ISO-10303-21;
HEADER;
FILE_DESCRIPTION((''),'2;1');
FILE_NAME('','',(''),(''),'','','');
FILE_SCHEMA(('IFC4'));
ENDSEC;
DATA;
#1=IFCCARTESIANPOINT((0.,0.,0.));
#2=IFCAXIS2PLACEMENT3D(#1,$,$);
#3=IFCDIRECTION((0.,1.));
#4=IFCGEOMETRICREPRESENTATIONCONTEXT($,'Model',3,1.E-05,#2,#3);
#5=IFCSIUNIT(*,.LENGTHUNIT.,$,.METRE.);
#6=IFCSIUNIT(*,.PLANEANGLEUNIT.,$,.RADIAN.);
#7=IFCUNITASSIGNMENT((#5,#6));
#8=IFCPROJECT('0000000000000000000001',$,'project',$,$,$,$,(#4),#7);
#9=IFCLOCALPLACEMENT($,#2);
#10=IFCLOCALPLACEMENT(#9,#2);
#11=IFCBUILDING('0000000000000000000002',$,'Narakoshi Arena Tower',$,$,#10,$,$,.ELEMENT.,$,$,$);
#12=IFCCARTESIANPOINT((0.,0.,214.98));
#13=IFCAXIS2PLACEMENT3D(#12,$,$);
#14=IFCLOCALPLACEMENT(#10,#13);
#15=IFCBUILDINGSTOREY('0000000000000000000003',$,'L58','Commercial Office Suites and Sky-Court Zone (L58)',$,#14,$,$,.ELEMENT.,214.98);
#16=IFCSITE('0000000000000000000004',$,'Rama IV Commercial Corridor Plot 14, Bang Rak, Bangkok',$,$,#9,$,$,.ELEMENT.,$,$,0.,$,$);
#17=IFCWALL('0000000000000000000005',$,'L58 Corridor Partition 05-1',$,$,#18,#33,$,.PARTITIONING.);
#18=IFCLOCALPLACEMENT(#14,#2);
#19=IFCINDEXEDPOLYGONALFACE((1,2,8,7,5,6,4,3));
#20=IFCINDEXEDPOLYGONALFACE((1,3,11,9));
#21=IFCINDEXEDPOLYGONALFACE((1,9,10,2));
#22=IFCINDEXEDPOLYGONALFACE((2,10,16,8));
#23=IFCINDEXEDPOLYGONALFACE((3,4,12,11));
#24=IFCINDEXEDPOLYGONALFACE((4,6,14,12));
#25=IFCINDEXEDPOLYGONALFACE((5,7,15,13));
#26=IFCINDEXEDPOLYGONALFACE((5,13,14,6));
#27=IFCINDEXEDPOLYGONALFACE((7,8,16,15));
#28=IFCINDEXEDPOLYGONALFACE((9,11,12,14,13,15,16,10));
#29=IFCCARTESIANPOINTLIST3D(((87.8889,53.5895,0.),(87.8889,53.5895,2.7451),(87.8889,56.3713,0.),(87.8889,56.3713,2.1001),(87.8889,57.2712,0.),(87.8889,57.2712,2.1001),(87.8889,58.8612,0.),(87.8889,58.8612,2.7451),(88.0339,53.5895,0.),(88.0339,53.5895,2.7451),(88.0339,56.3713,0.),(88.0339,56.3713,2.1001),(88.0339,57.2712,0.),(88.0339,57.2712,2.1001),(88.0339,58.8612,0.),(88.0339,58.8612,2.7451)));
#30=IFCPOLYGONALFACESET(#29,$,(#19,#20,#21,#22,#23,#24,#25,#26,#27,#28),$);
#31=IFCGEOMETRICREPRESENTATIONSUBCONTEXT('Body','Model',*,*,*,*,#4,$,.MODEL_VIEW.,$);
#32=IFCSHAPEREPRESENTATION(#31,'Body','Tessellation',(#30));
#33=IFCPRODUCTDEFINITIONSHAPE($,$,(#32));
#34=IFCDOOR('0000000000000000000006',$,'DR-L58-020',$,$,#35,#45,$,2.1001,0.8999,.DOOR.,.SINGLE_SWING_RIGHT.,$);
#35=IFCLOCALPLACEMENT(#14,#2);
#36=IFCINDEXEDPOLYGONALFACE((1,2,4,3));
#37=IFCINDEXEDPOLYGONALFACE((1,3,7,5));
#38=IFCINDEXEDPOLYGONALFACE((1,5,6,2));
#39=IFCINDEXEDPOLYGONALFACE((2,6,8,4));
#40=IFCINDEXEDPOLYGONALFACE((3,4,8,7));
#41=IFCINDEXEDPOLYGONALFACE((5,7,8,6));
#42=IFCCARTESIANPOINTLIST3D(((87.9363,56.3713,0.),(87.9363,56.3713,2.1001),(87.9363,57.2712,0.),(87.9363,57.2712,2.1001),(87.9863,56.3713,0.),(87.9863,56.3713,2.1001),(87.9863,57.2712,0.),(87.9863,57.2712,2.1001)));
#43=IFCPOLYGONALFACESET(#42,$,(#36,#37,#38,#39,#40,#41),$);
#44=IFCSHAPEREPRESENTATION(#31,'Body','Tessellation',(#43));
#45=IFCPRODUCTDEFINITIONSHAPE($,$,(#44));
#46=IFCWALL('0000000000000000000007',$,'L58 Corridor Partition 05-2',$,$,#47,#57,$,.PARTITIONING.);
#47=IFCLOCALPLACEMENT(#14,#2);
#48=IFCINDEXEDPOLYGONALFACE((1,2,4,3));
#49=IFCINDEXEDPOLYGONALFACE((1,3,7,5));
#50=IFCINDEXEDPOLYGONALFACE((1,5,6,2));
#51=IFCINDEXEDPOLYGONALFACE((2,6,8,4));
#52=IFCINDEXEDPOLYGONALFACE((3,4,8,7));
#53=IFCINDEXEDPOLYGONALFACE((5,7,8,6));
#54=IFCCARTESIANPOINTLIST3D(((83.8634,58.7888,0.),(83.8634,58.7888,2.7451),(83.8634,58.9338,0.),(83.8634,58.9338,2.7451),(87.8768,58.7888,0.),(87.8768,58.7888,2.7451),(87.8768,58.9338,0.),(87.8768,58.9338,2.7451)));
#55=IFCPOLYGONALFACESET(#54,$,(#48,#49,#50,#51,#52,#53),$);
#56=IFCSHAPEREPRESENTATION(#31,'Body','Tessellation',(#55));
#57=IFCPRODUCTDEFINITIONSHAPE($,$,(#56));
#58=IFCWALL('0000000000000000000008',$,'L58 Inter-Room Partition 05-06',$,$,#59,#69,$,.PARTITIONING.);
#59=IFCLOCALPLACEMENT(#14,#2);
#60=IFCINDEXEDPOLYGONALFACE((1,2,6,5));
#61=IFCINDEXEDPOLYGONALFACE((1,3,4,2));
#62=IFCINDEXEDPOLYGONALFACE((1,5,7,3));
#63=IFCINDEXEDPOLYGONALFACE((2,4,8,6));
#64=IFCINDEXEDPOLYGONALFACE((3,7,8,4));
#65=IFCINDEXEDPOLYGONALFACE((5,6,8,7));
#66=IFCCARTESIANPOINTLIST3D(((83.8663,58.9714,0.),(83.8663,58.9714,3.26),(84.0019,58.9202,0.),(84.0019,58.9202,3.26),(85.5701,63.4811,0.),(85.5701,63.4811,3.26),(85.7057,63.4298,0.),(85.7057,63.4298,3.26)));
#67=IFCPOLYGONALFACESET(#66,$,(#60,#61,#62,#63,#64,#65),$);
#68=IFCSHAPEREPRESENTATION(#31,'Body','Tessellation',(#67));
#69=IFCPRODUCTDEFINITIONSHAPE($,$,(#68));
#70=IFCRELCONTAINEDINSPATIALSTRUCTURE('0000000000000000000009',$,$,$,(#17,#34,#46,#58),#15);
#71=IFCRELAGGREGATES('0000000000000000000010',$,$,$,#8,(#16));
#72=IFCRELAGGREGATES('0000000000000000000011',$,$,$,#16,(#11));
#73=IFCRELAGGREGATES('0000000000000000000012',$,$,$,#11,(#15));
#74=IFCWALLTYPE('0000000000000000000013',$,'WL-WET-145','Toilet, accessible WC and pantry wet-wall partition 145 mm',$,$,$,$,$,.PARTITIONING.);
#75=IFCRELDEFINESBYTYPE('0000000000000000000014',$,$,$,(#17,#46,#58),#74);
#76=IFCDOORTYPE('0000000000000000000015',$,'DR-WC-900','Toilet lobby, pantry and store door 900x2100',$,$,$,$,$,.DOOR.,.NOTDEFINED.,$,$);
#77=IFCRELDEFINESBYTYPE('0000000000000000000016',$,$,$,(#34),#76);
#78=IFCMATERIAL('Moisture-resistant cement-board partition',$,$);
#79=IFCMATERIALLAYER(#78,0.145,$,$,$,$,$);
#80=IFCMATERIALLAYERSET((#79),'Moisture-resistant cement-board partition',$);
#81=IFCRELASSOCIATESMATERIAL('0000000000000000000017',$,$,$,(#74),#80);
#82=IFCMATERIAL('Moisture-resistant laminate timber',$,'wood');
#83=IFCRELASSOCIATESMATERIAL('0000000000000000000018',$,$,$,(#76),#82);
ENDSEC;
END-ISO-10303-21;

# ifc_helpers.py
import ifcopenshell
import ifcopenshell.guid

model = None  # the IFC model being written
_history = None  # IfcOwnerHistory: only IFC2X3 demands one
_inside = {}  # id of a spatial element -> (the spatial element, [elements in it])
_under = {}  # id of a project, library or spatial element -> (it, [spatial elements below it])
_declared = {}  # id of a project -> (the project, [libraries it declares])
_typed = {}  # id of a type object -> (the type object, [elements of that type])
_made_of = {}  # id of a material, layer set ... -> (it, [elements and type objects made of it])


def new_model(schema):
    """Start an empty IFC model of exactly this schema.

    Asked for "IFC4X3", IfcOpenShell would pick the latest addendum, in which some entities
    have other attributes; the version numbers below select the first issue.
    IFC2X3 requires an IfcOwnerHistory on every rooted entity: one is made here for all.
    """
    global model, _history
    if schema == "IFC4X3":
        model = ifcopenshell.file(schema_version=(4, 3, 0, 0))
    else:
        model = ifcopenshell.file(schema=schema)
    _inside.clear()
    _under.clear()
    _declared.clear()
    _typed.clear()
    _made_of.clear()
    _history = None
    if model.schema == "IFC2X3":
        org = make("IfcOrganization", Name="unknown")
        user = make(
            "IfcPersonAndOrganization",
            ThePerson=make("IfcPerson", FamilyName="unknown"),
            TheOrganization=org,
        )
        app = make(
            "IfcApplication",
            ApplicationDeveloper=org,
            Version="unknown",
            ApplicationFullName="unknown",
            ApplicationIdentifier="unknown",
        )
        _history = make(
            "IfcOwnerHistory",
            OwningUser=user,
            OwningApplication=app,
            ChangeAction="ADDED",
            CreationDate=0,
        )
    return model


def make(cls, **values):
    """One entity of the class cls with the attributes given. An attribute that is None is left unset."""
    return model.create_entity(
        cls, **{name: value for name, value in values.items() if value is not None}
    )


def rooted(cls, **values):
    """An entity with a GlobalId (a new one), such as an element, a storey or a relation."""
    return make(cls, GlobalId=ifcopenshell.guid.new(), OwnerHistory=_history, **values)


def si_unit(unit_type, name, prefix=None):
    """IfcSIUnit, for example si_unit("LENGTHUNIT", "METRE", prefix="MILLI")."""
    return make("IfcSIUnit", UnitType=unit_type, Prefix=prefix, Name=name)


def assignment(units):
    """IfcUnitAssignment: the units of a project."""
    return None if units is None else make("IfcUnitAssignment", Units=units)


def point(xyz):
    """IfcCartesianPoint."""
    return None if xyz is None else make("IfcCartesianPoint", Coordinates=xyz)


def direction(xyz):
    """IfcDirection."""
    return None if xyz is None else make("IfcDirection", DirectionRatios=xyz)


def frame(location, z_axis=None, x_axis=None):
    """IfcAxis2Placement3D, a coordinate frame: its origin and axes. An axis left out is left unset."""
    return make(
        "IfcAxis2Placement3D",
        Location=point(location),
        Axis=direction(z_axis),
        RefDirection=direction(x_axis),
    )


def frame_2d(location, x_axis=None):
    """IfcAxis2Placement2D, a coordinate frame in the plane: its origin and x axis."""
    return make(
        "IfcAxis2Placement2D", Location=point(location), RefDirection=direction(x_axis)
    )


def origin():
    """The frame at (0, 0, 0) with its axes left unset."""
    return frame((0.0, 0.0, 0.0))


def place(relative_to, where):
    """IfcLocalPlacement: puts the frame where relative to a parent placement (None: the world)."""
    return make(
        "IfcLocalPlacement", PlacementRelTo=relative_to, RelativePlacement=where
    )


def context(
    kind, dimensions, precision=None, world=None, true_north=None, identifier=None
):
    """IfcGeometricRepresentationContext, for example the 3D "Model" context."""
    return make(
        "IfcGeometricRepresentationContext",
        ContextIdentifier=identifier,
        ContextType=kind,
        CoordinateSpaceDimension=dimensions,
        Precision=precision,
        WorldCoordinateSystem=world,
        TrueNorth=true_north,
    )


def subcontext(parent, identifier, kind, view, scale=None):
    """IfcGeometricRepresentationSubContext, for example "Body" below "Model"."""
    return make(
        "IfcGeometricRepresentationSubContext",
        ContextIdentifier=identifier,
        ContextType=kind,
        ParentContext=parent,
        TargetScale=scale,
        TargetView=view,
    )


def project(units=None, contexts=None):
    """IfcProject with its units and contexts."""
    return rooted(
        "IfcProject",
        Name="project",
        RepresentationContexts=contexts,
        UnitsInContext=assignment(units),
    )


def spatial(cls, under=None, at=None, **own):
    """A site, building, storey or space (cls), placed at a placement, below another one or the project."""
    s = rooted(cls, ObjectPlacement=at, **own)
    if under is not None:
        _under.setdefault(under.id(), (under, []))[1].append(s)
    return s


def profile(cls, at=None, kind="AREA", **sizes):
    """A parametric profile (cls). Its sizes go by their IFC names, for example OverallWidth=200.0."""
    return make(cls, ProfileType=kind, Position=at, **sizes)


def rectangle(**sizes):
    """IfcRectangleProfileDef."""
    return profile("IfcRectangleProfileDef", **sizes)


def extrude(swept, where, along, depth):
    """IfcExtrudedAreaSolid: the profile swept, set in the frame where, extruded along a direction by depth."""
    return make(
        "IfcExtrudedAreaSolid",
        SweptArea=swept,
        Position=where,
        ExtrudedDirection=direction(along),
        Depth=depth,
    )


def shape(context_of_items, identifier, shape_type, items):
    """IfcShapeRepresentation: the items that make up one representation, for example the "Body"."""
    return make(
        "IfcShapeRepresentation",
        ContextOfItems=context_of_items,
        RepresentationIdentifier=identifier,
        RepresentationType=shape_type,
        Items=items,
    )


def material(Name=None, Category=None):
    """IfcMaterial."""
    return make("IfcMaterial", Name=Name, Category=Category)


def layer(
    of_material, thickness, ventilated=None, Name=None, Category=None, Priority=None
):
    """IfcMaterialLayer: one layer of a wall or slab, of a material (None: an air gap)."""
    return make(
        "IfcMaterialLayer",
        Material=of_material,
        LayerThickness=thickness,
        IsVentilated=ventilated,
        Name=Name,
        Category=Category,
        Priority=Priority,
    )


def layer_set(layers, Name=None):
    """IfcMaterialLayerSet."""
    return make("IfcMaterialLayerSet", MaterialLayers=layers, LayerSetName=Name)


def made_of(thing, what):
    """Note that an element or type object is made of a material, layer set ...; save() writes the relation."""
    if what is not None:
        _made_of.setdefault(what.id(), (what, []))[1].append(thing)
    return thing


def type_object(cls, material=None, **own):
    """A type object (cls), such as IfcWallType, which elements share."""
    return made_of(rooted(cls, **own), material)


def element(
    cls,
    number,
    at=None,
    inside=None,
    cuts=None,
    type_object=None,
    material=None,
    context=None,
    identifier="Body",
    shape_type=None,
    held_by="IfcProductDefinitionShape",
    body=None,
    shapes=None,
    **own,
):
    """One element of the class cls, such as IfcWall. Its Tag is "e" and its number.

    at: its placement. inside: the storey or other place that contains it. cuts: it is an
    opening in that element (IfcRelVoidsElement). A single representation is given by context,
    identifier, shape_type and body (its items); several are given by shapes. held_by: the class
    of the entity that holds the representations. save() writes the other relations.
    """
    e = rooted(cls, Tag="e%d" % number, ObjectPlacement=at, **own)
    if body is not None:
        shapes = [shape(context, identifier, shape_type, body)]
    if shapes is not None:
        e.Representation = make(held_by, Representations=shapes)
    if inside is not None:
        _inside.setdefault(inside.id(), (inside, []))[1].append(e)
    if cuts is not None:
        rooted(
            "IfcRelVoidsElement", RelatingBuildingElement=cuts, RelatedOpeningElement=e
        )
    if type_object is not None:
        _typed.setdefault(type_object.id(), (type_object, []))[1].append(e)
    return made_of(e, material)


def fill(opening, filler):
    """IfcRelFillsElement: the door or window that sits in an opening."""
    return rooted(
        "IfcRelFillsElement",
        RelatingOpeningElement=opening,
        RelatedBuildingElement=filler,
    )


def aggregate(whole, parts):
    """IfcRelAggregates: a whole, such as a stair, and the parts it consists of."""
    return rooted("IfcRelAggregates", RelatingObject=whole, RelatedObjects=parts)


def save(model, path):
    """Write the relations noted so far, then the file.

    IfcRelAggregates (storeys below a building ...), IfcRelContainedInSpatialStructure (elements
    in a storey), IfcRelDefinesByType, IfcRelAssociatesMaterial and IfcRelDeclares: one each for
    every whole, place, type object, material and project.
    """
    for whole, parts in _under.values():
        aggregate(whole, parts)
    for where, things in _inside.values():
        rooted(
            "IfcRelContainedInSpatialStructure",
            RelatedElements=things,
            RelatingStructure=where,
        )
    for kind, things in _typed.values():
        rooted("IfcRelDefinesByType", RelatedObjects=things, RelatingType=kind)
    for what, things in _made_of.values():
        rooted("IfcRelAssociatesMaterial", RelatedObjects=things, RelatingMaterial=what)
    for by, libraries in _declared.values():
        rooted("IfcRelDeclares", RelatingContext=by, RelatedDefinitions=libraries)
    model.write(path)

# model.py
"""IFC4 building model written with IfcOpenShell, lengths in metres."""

from ifc_helpers import new_model, si_unit, direction, frame, frame_2d, origin, place, context, subcontext, project, spatial, rectangle, extrude, material, layer, layer_set, type_object, element, fill, save


model = new_model("IFC4")

# Units and contexts
model_context = context("Model", 3, precision=1e-05, world=origin(), true_north=direction((0.0, 1.0)))
body_context = subcontext(model_context, "Body", "Model", "MODEL_VIEW")
ifc_project = project(units=[si_unit("LENGTHUNIT", "METRE"), si_unit("PLANEANGLEUNIT", "RADIAN")], contexts=[model_context])

# Site, building, storey
site_placement = place(None, origin())
site = spatial("IfcSite", under=ifc_project, at=site_placement, Name="Rama IV Commercial Corridor Plot 14, Bang Rak, Bangkok", CompositionType="ELEMENT", RefElevation=0.0)
building_placement = place(site_placement, origin())
building = spatial("IfcBuilding", under=site, at=building_placement, Name="Narakoshi Arena Tower", CompositionType="ELEMENT")
storey_placement = place(building_placement, frame((0.0, 0.0, 214.98)))
storey = spatial("IfcBuildingStorey", under=building, at=storey_placement, Name="L58", Description="Commercial Office Suites and Sky-Court Zone (L58)", CompositionType="ELEMENT", Elevation=214.98)

# Shared definitions
ifc_material_1 = material(Name="Moisture-resistant cement-board partition")
ifc_layer_1 = layer(ifc_material_1, 0.145)
ifc_layer_set_1 = layer_set([ifc_layer_1], Name="Moisture-resistant cement-board partition")
wall_type_1 = type_object("IfcWallType", Name="WL-WET-145", Description="Toilet, accessible WC and pantry wet-wall partition 145 mm", PredefinedType="PARTITIONING", material=ifc_layer_set_1)

# Shared definitions
ifc_material_2 = material(Name="Moisture-resistant laminate timber", Category="wood")
door_type_1 = type_object("IfcDoorType", Name="DR-WC-900", Description="Toilet lobby, pantry and store door 900x2100", OperationType="NOTDEFINED", PredefinedType="DOOR", material=ifc_material_2)

# Wall, opening, door
wall_1_placement = place(storey_placement, frame((87.9614, 53.5896, 0.0), z_axis=(0.0, 0.0, 1.0), x_axis=(0.0, 1.0, 0.0)))
wall_1 = element("IfcWall", 1, at=wall_1_placement, inside=storey, type_object=wall_type_1, Name="L58 Corridor Partition 05-1", PredefinedType="PARTITIONING", context=body_context, shape_type="SweptSolid", body=[
    extrude(rectangle(XDim=5.2717, YDim=0.145, at=frame_2d((2.6357, 0.0))), origin(), (0.0, 0.0, 1.0), 2.7451),
])
opening_1_placement = place(wall_1_placement, frame((2.7817, 0.0, 0.0)))
opening_1 = element("IfcOpeningElement", 2, at=opening_1_placement, cuts=wall_1, PredefinedType="OPENING", context=body_context, shape_type="SweptSolid", body=[
    extrude(rectangle(XDim=0.8999, YDim=2.1001, at=frame_2d((0.45, 1.05))), frame((0.0, 0.0825, 0.0), z_axis=(0.0, -1.0, 0.0), x_axis=(1.0, 0.0, 0.0)), (0.0, 0.0, 1.0), 0.165),
])
door_1_placement = place(opening_1_placement, frame((0.8999, 0.0, 0.0), z_axis=(0.0, 0.0, 1.0), x_axis=(-1.0, 0.0, 0.0)))
door_1 = element("IfcDoor", 3, at=door_1_placement, inside=storey, type_object=door_type_1, Name="DR-L58-020", OperationType="SINGLE_SWING_RIGHT", OverallHeight=2.1001, OverallWidth=0.8999, PredefinedType="DOOR", context=body_context, shape_type="SweptSolid", body=[
    extrude(rectangle(XDim=0.8999, YDim=2.1001, at=frame_2d((0.45, 1.05))), frame((0.0, 0.0249, 0.0), z_axis=(0.0, -1.0, 0.0), x_axis=(1.0, 0.0, 0.0)), (0.0, 0.0, 1.0), 0.05),
])
fill(opening_1, door_1)

# Walls
wall_2_placement = place(storey_placement, frame((87.877, 58.8613, 0.0), z_axis=(0.0, 0.0, 1.0), x_axis=(-1.0, 0.0, 0.0)))
element("IfcWall", 4, at=wall_2_placement, inside=storey, type_object=wall_type_1, Name="L58 Corridor Partition 05-2", PredefinedType="PARTITIONING", context=body_context, shape_type="SweptSolid", body=[
    extrude(rectangle(XDim=4.0134, YDim=0.145, at=frame_2d((2.0068, 0.0))), origin(), (0.0, 0.0, 1.0), 2.7451),
])
wall_3_placement = place(storey_placement, frame((83.9341, 58.9458, 0.0), z_axis=(0.0, 0.0, 1.0), x_axis=(0.353431, 0.935461, 0.0)))
element("IfcWall", 5, at=wall_3_placement, inside=storey, type_object=wall_type_1, Name="L58 Inter-Room Partition 05-06", PredefinedType="PARTITIONING", context=body_context, shape_type="SweptSolid", body=[
    extrude(rectangle(XDim=4.8208, YDim=0.145, at=frame_2d((2.4104, 0.0))), origin(), (0.0, 0.0, 1.0), 3.26),
])

save(model, "model.ifc")
